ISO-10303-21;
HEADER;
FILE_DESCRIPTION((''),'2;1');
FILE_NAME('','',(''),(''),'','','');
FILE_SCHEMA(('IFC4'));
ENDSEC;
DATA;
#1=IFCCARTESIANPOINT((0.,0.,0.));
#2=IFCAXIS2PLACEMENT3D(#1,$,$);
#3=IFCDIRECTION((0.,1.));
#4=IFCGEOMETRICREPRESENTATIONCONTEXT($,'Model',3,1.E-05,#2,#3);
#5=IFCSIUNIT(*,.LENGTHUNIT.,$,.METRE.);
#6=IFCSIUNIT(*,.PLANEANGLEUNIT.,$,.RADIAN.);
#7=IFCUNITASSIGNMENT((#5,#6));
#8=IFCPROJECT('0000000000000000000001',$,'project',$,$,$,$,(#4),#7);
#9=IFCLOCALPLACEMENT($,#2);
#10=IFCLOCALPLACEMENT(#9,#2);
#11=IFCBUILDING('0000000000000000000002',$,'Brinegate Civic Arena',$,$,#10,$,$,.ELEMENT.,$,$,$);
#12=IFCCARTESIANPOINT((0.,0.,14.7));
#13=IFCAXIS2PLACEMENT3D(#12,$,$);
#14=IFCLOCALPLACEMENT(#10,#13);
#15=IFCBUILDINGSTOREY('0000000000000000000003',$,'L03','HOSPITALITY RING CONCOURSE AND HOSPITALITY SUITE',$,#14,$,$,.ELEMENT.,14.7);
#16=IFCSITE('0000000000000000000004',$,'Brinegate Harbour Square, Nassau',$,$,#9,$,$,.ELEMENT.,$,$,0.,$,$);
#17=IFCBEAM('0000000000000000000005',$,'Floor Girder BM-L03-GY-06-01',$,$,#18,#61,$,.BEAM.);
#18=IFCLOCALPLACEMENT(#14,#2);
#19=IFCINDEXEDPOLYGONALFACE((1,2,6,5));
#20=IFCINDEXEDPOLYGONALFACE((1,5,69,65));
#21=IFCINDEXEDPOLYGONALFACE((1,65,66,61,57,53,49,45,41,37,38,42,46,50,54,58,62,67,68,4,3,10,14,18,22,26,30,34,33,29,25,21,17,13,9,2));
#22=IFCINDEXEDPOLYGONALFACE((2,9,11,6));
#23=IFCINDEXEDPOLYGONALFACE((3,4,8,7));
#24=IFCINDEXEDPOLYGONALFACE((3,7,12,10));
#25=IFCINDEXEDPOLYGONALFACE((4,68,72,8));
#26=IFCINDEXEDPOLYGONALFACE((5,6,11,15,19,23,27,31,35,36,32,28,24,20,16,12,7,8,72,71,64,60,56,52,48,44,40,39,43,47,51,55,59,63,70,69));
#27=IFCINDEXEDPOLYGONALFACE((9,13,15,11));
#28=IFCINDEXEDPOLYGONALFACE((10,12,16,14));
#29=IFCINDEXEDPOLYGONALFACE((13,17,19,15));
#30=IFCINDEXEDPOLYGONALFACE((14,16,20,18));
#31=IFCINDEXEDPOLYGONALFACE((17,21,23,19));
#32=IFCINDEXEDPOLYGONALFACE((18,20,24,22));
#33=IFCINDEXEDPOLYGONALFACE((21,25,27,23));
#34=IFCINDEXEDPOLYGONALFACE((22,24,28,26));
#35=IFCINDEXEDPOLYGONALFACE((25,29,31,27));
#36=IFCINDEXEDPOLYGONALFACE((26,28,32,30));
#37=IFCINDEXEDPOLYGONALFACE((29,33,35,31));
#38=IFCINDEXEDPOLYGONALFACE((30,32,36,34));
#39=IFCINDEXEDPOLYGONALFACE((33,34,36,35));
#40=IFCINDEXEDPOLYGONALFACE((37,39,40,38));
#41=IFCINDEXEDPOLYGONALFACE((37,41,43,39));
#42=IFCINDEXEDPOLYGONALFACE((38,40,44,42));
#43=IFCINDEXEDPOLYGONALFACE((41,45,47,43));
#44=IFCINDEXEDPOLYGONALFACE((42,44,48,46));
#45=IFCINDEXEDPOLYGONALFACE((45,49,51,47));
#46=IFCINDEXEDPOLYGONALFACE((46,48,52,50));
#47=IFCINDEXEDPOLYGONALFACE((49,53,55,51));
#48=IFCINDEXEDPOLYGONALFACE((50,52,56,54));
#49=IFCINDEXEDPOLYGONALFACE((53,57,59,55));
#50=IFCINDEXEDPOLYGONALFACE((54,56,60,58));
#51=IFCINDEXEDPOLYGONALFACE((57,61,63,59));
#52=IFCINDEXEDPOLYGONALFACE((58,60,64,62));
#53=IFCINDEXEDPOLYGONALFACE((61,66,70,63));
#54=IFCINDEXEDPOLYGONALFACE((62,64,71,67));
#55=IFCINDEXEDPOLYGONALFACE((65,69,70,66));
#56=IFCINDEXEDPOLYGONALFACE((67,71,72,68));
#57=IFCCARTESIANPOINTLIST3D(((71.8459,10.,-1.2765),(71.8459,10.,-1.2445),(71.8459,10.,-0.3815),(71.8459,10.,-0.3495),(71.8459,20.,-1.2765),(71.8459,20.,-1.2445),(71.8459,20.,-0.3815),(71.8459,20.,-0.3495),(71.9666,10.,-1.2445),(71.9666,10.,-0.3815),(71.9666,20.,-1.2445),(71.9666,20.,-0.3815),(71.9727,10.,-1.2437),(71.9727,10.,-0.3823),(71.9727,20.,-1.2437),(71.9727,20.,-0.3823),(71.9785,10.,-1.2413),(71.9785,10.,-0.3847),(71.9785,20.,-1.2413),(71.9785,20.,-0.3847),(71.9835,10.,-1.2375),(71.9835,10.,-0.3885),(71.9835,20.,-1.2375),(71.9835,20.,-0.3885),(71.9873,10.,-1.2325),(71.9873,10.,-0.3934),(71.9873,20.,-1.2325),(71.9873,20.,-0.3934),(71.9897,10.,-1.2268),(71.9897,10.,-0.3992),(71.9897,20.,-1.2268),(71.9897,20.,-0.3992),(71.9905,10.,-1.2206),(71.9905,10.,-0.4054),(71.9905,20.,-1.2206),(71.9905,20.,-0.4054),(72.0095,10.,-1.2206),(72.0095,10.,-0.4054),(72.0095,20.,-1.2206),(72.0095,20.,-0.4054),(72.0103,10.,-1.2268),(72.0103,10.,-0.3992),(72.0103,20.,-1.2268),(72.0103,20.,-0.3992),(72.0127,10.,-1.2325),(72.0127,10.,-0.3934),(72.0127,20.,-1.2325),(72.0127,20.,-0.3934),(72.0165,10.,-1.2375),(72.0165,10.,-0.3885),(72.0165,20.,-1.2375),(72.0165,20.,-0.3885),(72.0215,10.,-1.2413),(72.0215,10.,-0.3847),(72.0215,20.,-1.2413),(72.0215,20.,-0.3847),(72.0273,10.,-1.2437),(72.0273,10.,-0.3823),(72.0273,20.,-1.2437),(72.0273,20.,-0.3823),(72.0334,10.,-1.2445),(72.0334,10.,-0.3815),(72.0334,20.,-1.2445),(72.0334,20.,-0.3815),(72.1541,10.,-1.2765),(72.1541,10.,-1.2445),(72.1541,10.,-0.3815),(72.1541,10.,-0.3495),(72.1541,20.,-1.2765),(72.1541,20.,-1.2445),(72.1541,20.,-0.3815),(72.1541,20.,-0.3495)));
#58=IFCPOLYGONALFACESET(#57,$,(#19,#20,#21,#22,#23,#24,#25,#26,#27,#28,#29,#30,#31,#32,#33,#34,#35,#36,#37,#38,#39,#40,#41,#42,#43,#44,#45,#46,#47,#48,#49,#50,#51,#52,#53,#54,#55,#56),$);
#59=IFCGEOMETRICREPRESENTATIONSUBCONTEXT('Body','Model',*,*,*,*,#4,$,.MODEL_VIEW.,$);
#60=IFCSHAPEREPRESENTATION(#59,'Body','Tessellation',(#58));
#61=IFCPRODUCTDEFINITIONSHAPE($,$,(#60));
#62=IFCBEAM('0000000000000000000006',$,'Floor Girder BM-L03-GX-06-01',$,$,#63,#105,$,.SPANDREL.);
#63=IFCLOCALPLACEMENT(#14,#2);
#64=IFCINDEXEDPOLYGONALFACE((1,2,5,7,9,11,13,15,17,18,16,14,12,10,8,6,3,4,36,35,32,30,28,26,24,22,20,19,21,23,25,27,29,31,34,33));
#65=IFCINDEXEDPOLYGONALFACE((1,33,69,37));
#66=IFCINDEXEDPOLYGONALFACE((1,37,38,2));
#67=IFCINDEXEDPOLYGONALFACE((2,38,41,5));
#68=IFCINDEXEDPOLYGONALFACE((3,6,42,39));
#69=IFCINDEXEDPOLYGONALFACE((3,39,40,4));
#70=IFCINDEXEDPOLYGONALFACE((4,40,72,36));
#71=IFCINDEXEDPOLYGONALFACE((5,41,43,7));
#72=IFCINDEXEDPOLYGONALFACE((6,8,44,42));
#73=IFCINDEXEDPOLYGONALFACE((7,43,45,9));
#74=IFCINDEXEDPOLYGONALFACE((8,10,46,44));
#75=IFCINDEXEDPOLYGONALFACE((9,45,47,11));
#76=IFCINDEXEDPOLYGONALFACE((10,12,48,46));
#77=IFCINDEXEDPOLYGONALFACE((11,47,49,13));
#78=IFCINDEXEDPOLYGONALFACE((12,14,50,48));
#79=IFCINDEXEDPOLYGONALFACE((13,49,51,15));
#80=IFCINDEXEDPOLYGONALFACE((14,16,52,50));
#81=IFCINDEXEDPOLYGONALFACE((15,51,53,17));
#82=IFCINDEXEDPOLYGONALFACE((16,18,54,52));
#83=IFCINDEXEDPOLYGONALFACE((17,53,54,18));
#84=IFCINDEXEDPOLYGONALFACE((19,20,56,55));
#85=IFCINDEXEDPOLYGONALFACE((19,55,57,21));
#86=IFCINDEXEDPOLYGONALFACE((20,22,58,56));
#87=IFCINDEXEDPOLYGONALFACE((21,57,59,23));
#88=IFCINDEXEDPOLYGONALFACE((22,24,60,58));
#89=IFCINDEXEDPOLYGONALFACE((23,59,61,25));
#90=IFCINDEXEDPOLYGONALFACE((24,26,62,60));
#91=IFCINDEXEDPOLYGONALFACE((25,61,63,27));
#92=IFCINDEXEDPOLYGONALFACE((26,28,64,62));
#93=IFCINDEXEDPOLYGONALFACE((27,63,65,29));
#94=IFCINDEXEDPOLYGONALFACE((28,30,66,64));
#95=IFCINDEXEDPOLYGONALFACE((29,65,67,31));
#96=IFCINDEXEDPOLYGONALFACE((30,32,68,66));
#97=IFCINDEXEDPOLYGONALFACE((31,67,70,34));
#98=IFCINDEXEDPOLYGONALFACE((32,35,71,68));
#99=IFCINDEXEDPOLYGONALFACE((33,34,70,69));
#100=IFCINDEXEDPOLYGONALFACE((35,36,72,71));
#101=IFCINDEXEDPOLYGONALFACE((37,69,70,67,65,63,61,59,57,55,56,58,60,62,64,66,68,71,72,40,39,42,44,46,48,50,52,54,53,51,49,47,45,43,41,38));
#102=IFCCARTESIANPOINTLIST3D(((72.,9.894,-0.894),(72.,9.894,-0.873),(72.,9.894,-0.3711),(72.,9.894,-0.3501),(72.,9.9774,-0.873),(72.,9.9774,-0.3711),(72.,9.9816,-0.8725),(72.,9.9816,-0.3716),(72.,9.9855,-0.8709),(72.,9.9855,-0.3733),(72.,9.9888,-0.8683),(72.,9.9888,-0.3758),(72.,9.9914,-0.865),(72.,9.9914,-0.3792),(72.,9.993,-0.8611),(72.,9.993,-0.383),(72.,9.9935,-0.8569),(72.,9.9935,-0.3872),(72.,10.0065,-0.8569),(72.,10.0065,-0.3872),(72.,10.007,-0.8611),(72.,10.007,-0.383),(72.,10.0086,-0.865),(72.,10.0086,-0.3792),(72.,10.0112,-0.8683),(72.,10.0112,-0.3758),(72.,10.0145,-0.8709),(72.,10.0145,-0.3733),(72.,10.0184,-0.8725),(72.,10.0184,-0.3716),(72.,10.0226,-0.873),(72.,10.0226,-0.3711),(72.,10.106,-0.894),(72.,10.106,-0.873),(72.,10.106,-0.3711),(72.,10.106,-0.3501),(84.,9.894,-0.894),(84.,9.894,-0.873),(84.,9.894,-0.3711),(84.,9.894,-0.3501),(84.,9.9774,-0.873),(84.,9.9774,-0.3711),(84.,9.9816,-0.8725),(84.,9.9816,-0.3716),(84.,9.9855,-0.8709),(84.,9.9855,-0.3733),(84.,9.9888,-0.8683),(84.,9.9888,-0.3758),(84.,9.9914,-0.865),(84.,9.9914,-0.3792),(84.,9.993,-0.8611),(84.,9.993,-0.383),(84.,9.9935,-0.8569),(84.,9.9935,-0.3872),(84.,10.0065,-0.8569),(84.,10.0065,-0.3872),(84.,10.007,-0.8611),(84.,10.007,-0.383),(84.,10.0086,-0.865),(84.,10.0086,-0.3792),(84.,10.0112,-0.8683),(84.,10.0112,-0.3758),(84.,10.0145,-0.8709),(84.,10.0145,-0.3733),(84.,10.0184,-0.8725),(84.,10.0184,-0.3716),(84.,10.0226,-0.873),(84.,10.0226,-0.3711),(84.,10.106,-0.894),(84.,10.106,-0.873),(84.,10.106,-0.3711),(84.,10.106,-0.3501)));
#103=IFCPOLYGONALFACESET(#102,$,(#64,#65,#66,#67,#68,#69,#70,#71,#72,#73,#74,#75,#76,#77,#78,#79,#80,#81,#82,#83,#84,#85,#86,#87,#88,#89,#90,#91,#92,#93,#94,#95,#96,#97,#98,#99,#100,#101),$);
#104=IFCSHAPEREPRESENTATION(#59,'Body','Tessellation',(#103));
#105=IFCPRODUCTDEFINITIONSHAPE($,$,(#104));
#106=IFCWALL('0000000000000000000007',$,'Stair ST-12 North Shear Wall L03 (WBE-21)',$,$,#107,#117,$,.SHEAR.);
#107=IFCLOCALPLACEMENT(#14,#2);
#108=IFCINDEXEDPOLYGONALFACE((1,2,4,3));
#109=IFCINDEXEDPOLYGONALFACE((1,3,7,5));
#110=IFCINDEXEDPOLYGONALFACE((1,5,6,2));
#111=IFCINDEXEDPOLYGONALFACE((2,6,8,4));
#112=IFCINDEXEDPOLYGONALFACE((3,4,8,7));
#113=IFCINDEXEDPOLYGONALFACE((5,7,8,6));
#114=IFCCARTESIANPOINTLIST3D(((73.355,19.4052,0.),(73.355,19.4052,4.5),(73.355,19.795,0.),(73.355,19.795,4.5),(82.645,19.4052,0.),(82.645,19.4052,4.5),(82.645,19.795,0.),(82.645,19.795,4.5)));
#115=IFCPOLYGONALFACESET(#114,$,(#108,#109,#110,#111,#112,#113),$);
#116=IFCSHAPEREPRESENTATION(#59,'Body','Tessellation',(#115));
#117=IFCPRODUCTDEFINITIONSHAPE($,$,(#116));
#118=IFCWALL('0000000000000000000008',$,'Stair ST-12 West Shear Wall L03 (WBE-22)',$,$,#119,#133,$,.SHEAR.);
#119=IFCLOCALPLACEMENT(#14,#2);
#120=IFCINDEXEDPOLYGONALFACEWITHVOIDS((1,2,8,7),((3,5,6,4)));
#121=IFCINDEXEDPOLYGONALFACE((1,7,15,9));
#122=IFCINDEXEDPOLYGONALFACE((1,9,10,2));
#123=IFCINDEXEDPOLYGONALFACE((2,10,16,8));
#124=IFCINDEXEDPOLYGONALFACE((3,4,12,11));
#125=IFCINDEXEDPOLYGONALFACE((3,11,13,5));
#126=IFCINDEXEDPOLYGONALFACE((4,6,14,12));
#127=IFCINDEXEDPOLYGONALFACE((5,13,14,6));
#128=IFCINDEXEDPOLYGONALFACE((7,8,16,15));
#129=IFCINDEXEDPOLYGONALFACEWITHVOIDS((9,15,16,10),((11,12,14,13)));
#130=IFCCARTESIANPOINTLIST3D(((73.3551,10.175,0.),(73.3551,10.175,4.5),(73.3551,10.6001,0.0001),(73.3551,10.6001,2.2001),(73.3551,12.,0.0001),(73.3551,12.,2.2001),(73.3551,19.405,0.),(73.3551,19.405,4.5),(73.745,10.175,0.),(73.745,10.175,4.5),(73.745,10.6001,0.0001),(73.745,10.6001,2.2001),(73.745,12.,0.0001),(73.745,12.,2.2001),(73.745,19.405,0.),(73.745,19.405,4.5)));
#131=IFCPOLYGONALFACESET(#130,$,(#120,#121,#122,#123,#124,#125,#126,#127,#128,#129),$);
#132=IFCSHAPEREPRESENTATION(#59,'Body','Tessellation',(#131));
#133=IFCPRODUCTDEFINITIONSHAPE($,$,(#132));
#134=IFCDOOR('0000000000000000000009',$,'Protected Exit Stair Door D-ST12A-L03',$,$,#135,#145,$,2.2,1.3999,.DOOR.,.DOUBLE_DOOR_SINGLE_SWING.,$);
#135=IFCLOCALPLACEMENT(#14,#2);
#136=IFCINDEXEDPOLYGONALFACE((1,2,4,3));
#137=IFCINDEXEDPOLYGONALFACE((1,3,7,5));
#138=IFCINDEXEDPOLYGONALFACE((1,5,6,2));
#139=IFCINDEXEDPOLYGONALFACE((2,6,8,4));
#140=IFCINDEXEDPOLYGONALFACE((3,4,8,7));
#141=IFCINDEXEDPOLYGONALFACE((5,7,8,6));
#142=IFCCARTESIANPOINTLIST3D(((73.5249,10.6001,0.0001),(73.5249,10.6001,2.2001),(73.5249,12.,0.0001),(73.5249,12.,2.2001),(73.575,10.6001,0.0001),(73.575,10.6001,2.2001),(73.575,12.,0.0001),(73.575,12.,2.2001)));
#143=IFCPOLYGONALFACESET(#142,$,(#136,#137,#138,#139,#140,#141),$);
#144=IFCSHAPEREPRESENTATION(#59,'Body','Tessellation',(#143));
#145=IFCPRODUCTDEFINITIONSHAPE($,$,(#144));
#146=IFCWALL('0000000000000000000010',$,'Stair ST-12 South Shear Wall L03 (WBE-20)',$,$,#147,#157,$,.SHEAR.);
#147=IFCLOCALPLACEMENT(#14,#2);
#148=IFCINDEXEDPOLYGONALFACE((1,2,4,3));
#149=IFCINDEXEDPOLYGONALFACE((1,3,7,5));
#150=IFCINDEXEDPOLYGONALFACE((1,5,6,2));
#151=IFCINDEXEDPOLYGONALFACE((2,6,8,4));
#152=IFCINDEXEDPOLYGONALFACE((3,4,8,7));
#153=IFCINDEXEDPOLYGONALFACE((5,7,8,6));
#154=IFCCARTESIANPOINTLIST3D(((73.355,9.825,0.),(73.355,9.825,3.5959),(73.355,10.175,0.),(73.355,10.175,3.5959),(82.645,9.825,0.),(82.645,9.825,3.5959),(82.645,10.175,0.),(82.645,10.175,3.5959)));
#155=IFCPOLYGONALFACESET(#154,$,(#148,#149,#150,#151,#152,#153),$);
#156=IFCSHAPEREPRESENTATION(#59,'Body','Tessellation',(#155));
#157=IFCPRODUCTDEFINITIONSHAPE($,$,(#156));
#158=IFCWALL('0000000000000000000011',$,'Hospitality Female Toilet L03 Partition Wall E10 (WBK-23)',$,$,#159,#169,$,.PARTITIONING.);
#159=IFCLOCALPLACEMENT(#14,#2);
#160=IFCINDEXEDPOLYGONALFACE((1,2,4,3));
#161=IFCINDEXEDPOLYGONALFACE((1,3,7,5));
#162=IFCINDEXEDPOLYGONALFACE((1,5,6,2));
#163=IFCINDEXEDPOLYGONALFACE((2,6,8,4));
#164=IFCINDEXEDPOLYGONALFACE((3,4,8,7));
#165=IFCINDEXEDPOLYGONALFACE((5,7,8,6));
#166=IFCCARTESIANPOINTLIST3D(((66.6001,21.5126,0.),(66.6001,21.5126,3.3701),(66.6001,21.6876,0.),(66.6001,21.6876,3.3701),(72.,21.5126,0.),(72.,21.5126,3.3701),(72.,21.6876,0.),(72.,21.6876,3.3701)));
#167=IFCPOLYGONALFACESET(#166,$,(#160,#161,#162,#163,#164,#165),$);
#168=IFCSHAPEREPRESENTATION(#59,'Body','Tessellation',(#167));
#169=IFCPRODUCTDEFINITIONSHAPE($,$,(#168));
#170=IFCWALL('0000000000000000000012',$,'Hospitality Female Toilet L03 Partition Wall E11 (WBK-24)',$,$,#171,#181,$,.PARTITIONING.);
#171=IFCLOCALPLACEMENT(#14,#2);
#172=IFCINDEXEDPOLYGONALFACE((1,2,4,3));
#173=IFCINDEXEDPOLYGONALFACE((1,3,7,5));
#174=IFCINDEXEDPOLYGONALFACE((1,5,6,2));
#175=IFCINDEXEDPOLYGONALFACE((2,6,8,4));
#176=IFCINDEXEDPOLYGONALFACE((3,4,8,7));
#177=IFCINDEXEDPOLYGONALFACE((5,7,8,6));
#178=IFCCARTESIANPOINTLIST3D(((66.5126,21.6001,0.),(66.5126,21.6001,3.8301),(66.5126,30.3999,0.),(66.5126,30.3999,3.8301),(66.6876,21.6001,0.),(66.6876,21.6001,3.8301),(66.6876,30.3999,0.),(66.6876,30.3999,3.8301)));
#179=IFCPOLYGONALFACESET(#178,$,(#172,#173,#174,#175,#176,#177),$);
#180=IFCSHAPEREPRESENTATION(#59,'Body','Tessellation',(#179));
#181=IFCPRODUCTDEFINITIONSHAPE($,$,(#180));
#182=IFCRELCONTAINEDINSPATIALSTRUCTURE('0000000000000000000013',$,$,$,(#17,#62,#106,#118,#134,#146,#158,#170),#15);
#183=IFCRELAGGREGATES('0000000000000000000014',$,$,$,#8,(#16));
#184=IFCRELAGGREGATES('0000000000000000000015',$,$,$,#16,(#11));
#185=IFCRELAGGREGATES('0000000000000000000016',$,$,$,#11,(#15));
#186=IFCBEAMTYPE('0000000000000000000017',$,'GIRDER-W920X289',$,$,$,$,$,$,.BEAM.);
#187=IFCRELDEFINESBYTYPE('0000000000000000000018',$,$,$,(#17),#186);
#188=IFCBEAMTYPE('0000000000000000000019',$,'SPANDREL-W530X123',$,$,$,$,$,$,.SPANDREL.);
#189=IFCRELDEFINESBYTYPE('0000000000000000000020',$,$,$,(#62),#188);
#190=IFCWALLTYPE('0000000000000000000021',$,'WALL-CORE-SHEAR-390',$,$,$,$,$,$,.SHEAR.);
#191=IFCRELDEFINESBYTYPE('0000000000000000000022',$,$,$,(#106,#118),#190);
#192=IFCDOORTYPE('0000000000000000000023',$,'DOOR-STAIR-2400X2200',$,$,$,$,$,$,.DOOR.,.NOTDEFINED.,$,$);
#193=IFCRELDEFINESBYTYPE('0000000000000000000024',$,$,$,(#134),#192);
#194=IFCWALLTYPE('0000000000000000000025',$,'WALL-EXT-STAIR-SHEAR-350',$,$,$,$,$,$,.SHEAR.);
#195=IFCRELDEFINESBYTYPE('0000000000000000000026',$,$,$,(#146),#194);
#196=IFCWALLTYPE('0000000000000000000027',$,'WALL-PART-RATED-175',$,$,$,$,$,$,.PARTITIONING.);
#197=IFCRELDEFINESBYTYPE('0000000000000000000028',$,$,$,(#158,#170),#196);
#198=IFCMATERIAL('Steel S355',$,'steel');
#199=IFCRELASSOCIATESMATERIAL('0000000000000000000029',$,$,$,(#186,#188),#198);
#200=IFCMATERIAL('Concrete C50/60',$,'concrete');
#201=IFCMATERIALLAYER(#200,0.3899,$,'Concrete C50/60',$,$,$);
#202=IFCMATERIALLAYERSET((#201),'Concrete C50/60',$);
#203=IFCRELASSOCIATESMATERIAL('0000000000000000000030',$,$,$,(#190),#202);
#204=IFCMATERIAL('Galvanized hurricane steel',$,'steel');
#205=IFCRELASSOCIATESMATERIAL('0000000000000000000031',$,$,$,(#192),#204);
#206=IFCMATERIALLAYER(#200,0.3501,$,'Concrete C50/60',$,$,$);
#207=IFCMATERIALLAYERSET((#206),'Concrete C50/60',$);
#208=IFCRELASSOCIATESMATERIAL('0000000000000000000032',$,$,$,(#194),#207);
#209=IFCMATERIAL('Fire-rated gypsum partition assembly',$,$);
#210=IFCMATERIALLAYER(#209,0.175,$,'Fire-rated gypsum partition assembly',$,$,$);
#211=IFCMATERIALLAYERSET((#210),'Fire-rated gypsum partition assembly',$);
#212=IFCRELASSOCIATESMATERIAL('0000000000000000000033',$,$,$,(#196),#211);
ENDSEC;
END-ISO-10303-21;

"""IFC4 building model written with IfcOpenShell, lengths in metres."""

from ifc_helpers import new_model, si_unit, direction, frame, frame_2d, origin, origin_2d, place, context, subcontext, project, spatial, rectangle, i_section, extrude, material, layer, layer_set, material_profile, profile_set, type_object, element, fill, save


model = new_model("IFC4")

# Units and contexts
model_context = context("Model", 3, precision=1e-05, world=origin(), true_north=direction((0.0, 1.0)))
body_context = subcontext(model_context, "Body", "Model", "MODEL_VIEW")
ifc_project = project(units=[si_unit("LENGTHUNIT", "METRE"), si_unit("PLANEANGLEUNIT", "RADIAN")], contexts=[model_context])

# Site, building, storey
site_placement = place(None, origin())
site = spatial("IfcSite", under=ifc_project, at=site_placement, Name="Brinegate Harbour Square, Nassau", CompositionType="ELEMENT", RefElevation=0.0)
building_placement = place(site_placement, origin())
building = spatial("IfcBuilding", under=site, at=building_placement, Name="Brinegate Civic Arena", CompositionType="ELEMENT")
storey_placement = place(building_placement, frame((0.0, 0.0, 14.7)))
storey = spatial("IfcBuildingStorey", under=building, at=storey_placement, Name="L03", Description="HOSPITALITY RING CONCOURSE AND HOSPITALITY SUITE", CompositionType="ELEMENT", Elevation=14.7)

# Shared definitions
ifc_material_1 = material(Name="Concrete C50/60", Category="concrete")

# Beams
ifc_material_2 = material(Name="Steel S355", Category="steel")
ifc_material_profile_1 = material_profile(ifc_material_2, i_section(OverallWidth=0.3081, OverallDepth=0.927, WebThickness=0.019, FlangeThickness=0.032, FilletRadius=0.0239, at=origin_2d()), Name="W920X289")
ifc_profile_set_1 = profile_set([ifc_material_profile_1], Name="Steel S355")
beam_type_1 = type_object("IfcBeamType", Name="GIRDER-W920X289", PredefinedType="BEAM", material=ifc_profile_set_1)
beam_1_placement = place(storey_placement, frame((72.0, 10.0, -0.813), z_axis=(0.0, 1.0, 0.0), x_axis=(-1.0, 0.0, 0.0)))
element("IfcBeam", 1, at=beam_1_placement, inside=storey, type_object=beam_type_1, Name="Floor Girder BM-L03-GY-06-01", PredefinedType="BEAM", context=body_context, shape_type="SweptSolid", body=[
    extrude(i_section(OverallWidth=0.3081, OverallDepth=0.927, WebThickness=0.019, FlangeThickness=0.032, FilletRadius=0.0239, at=origin_2d()), origin(), (0.0, 0.0, 1.0), 10.0),
])
ifc_material_profile_2 = material_profile(ifc_material_2, i_section(OverallWidth=0.2119, OverallDepth=0.5439, WebThickness=0.0129, FlangeThickness=0.021, FilletRadius=0.0161, at=origin_2d()), Name="W530X123")
ifc_profile_set_2 = profile_set([ifc_material_profile_2], Name="Steel S355")
beam_type_2 = type_object("IfcBeamType", Name="SPANDREL-W530X123", PredefinedType="SPANDREL", material=ifc_profile_set_2)
beam_2_placement = place(storey_placement, frame((72.0, 10.0, -0.6221), z_axis=(1.0, 0.0, 0.0), x_axis=(0.0, 1.0, 0.0)))
element("IfcBeam", 2, at=beam_2_placement, inside=storey, type_object=beam_type_2, Name="Floor Girder BM-L03-GX-06-01", PredefinedType="SPANDREL", context=body_context, shape_type="SweptSolid", body=[
    extrude(i_section(OverallWidth=0.2119, OverallDepth=0.5439, WebThickness=0.0129, FlangeThickness=0.021, FilletRadius=0.0161, at=origin_2d()), origin(), (0.0, 0.0, 1.0), 12.0),
])

# Wall
ifc_layer_1 = layer(ifc_material_1, 0.3899, Name="Concrete C50/60")
ifc_layer_set_1 = layer_set([ifc_layer_1], Name="Concrete C50/60")
wall_type_1 = type_object("IfcWallType", Name="WALL-CORE-SHEAR-390", PredefinedType="SHEAR", material=ifc_layer_set_1)
wall_1_placement = place(storey_placement, frame((73.355, 19.6001, 0.0), z_axis=(0.0, 0.0, 1.0), x_axis=(1.0, 0.0, 0.0)))
element("IfcWall", 3, at=wall_1_placement, inside=storey, type_object=wall_type_1, Name="Stair ST-12 North Shear Wall L03 (WBE-21)", PredefinedType="SHEAR", context=body_context, shape_type="SweptSolid", body=[
    extrude(rectangle(XDim=9.29, YDim=0.3899, at=frame_2d((4.645, 0.0))), origin(), (0.0, 0.0, 1.0), 4.5),
])

# Wall, opening, door
wall_2_placement = place(storey_placement, frame((73.55, 10.175, 0.0), z_axis=(0.0, 0.0, 1.0), x_axis=(0.0, 1.0, 0.0)))
wall_2 = element("IfcWall", 4, at=wall_2_placement, inside=storey, type_object=wall_type_1, Name="Stair ST-12 West Shear Wall L03 (WBE-22)", PredefinedType="SHEAR", context=body_context, shape_type="SweptSolid", body=[
    extrude(rectangle(XDim=9.23, YDim=0.3899, at=frame_2d((4.615, 0.0))), origin(), (0.0, 0.0, 1.0), 4.5),
])
opening_1_placement = place(wall_2_placement, frame((0.425, 0.0, 0.0)))
opening_1 = element("IfcOpeningElement", 5, at=opening_1_placement, cuts=wall_2, PredefinedType="OPENING", context=body_context, shape_type="SweptSolid", body=[
    extrude(rectangle(XDim=1.3999, YDim=2.2, at=frame_2d((0.7, 1.1001))), frame((0.0, 0.2048, 0.0), z_axis=(0.0, -1.0, 0.0), x_axis=(1.0, 0.0, 0.0)), (0.0, 0.0, 1.0), 0.4099),
])
ifc_material_3 = material(Name="Galvanized hurricane steel", Category="steel")
door_type_1 = type_object("IfcDoorType", Name="DOOR-STAIR-2400X2200", OperationType="NOTDEFINED", PredefinedType="DOOR", material=ifc_material_3)
door_1_placement = place(opening_1_placement, frame((1.3999, 0.0, 0.0), z_axis=(0.0, 0.0, 1.0), x_axis=(-1.0, 0.0, 0.0)))
door_1 = element("IfcDoor", 6, at=door_1_placement, inside=storey, type_object=door_type_1, Name="Protected Exit Stair Door D-ST12A-L03", OperationType="DOUBLE_DOOR_SINGLE_SWING", OverallHeight=2.2, OverallWidth=1.3999, PredefinedType="DOOR", context=body_context, shape_type="SweptSolid", body=[
    extrude(rectangle(XDim=1.3999, YDim=2.2, at=frame_2d((0.7, 1.1001))), frame((0.0, 0.0249, 0.0), z_axis=(0.0, -1.0, 0.0), x_axis=(1.0, 0.0, 0.0)), (0.0, 0.0, 1.0), 0.05),
])
fill(opening_1, door_1)

# Walls
ifc_layer_2 = layer(ifc_material_1, 0.3501, Name="Concrete C50/60")
ifc_layer_set_2 = layer_set([ifc_layer_2], Name="Concrete C50/60")
wall_type_2 = type_object("IfcWallType", Name="WALL-EXT-STAIR-SHEAR-350", PredefinedType="SHEAR", material=ifc_layer_set_2)
wall_3_placement = place(storey_placement, frame((73.355, 10.0, 0.0), z_axis=(0.0, 0.0, 1.0), x_axis=(1.0, 0.0, 0.0)))
element("IfcWall", 7, at=wall_3_placement, inside=storey, type_object=wall_type_2, Name="Stair ST-12 South Shear Wall L03 (WBE-20)", PredefinedType="SHEAR", context=body_context, shape_type="SweptSolid", body=[
    extrude(rectangle(XDim=9.29, YDim=0.3501, at=frame_2d((4.645, 0.0))), origin(), (0.0, 0.0, 1.0), 3.5959),
])
ifc_material_4 = material(Name="Fire-rated gypsum partition assembly")
ifc_layer_3 = layer(ifc_material_4, 0.175, Name="Fire-rated gypsum partition assembly")
ifc_layer_set_3 = layer_set([ifc_layer_3], Name="Fire-rated gypsum partition assembly")
wall_type_3 = type_object("IfcWallType", Name="WALL-PART-RATED-175", PredefinedType="PARTITIONING", material=ifc_layer_set_3)
wall_4_placement = place(storey_placement, frame((72.0, 21.6001, 0.0), z_axis=(0.0, 0.0, 1.0), x_axis=(-1.0, 0.0, 0.0)))
element("IfcWall", 8, at=wall_4_placement, inside=storey, type_object=wall_type_3, Name="Hospitality Female Toilet L03 Partition Wall E10 (WBK-23)", PredefinedType="PARTITIONING", context=body_context, shape_type="SweptSolid", body=[
    extrude(rectangle(XDim=5.3999, YDim=0.175, at=frame_2d((2.7, 0.0))), origin(), (0.0, 0.0, 1.0), 3.3701),
])
wall_5_placement = place(storey_placement, frame((66.6001, 21.6001, 0.0), z_axis=(0.0, 0.0, 1.0), x_axis=(0.0, 1.0, 0.0)))
element("IfcWall", 9, at=wall_5_placement, inside=storey, type_object=wall_type_3, Name="Hospitality Female Toilet L03 Partition Wall E11 (WBK-24)", PredefinedType="PARTITIONING", context=body_context, shape_type="SweptSolid", body=[
    extrude(rectangle(XDim=8.7998, YDim=0.175, at=frame_2d((4.3999, 0.0))), origin(), (0.0, 0.0, 1.0), 3.8301),
])

save(model, "model.ifc")
